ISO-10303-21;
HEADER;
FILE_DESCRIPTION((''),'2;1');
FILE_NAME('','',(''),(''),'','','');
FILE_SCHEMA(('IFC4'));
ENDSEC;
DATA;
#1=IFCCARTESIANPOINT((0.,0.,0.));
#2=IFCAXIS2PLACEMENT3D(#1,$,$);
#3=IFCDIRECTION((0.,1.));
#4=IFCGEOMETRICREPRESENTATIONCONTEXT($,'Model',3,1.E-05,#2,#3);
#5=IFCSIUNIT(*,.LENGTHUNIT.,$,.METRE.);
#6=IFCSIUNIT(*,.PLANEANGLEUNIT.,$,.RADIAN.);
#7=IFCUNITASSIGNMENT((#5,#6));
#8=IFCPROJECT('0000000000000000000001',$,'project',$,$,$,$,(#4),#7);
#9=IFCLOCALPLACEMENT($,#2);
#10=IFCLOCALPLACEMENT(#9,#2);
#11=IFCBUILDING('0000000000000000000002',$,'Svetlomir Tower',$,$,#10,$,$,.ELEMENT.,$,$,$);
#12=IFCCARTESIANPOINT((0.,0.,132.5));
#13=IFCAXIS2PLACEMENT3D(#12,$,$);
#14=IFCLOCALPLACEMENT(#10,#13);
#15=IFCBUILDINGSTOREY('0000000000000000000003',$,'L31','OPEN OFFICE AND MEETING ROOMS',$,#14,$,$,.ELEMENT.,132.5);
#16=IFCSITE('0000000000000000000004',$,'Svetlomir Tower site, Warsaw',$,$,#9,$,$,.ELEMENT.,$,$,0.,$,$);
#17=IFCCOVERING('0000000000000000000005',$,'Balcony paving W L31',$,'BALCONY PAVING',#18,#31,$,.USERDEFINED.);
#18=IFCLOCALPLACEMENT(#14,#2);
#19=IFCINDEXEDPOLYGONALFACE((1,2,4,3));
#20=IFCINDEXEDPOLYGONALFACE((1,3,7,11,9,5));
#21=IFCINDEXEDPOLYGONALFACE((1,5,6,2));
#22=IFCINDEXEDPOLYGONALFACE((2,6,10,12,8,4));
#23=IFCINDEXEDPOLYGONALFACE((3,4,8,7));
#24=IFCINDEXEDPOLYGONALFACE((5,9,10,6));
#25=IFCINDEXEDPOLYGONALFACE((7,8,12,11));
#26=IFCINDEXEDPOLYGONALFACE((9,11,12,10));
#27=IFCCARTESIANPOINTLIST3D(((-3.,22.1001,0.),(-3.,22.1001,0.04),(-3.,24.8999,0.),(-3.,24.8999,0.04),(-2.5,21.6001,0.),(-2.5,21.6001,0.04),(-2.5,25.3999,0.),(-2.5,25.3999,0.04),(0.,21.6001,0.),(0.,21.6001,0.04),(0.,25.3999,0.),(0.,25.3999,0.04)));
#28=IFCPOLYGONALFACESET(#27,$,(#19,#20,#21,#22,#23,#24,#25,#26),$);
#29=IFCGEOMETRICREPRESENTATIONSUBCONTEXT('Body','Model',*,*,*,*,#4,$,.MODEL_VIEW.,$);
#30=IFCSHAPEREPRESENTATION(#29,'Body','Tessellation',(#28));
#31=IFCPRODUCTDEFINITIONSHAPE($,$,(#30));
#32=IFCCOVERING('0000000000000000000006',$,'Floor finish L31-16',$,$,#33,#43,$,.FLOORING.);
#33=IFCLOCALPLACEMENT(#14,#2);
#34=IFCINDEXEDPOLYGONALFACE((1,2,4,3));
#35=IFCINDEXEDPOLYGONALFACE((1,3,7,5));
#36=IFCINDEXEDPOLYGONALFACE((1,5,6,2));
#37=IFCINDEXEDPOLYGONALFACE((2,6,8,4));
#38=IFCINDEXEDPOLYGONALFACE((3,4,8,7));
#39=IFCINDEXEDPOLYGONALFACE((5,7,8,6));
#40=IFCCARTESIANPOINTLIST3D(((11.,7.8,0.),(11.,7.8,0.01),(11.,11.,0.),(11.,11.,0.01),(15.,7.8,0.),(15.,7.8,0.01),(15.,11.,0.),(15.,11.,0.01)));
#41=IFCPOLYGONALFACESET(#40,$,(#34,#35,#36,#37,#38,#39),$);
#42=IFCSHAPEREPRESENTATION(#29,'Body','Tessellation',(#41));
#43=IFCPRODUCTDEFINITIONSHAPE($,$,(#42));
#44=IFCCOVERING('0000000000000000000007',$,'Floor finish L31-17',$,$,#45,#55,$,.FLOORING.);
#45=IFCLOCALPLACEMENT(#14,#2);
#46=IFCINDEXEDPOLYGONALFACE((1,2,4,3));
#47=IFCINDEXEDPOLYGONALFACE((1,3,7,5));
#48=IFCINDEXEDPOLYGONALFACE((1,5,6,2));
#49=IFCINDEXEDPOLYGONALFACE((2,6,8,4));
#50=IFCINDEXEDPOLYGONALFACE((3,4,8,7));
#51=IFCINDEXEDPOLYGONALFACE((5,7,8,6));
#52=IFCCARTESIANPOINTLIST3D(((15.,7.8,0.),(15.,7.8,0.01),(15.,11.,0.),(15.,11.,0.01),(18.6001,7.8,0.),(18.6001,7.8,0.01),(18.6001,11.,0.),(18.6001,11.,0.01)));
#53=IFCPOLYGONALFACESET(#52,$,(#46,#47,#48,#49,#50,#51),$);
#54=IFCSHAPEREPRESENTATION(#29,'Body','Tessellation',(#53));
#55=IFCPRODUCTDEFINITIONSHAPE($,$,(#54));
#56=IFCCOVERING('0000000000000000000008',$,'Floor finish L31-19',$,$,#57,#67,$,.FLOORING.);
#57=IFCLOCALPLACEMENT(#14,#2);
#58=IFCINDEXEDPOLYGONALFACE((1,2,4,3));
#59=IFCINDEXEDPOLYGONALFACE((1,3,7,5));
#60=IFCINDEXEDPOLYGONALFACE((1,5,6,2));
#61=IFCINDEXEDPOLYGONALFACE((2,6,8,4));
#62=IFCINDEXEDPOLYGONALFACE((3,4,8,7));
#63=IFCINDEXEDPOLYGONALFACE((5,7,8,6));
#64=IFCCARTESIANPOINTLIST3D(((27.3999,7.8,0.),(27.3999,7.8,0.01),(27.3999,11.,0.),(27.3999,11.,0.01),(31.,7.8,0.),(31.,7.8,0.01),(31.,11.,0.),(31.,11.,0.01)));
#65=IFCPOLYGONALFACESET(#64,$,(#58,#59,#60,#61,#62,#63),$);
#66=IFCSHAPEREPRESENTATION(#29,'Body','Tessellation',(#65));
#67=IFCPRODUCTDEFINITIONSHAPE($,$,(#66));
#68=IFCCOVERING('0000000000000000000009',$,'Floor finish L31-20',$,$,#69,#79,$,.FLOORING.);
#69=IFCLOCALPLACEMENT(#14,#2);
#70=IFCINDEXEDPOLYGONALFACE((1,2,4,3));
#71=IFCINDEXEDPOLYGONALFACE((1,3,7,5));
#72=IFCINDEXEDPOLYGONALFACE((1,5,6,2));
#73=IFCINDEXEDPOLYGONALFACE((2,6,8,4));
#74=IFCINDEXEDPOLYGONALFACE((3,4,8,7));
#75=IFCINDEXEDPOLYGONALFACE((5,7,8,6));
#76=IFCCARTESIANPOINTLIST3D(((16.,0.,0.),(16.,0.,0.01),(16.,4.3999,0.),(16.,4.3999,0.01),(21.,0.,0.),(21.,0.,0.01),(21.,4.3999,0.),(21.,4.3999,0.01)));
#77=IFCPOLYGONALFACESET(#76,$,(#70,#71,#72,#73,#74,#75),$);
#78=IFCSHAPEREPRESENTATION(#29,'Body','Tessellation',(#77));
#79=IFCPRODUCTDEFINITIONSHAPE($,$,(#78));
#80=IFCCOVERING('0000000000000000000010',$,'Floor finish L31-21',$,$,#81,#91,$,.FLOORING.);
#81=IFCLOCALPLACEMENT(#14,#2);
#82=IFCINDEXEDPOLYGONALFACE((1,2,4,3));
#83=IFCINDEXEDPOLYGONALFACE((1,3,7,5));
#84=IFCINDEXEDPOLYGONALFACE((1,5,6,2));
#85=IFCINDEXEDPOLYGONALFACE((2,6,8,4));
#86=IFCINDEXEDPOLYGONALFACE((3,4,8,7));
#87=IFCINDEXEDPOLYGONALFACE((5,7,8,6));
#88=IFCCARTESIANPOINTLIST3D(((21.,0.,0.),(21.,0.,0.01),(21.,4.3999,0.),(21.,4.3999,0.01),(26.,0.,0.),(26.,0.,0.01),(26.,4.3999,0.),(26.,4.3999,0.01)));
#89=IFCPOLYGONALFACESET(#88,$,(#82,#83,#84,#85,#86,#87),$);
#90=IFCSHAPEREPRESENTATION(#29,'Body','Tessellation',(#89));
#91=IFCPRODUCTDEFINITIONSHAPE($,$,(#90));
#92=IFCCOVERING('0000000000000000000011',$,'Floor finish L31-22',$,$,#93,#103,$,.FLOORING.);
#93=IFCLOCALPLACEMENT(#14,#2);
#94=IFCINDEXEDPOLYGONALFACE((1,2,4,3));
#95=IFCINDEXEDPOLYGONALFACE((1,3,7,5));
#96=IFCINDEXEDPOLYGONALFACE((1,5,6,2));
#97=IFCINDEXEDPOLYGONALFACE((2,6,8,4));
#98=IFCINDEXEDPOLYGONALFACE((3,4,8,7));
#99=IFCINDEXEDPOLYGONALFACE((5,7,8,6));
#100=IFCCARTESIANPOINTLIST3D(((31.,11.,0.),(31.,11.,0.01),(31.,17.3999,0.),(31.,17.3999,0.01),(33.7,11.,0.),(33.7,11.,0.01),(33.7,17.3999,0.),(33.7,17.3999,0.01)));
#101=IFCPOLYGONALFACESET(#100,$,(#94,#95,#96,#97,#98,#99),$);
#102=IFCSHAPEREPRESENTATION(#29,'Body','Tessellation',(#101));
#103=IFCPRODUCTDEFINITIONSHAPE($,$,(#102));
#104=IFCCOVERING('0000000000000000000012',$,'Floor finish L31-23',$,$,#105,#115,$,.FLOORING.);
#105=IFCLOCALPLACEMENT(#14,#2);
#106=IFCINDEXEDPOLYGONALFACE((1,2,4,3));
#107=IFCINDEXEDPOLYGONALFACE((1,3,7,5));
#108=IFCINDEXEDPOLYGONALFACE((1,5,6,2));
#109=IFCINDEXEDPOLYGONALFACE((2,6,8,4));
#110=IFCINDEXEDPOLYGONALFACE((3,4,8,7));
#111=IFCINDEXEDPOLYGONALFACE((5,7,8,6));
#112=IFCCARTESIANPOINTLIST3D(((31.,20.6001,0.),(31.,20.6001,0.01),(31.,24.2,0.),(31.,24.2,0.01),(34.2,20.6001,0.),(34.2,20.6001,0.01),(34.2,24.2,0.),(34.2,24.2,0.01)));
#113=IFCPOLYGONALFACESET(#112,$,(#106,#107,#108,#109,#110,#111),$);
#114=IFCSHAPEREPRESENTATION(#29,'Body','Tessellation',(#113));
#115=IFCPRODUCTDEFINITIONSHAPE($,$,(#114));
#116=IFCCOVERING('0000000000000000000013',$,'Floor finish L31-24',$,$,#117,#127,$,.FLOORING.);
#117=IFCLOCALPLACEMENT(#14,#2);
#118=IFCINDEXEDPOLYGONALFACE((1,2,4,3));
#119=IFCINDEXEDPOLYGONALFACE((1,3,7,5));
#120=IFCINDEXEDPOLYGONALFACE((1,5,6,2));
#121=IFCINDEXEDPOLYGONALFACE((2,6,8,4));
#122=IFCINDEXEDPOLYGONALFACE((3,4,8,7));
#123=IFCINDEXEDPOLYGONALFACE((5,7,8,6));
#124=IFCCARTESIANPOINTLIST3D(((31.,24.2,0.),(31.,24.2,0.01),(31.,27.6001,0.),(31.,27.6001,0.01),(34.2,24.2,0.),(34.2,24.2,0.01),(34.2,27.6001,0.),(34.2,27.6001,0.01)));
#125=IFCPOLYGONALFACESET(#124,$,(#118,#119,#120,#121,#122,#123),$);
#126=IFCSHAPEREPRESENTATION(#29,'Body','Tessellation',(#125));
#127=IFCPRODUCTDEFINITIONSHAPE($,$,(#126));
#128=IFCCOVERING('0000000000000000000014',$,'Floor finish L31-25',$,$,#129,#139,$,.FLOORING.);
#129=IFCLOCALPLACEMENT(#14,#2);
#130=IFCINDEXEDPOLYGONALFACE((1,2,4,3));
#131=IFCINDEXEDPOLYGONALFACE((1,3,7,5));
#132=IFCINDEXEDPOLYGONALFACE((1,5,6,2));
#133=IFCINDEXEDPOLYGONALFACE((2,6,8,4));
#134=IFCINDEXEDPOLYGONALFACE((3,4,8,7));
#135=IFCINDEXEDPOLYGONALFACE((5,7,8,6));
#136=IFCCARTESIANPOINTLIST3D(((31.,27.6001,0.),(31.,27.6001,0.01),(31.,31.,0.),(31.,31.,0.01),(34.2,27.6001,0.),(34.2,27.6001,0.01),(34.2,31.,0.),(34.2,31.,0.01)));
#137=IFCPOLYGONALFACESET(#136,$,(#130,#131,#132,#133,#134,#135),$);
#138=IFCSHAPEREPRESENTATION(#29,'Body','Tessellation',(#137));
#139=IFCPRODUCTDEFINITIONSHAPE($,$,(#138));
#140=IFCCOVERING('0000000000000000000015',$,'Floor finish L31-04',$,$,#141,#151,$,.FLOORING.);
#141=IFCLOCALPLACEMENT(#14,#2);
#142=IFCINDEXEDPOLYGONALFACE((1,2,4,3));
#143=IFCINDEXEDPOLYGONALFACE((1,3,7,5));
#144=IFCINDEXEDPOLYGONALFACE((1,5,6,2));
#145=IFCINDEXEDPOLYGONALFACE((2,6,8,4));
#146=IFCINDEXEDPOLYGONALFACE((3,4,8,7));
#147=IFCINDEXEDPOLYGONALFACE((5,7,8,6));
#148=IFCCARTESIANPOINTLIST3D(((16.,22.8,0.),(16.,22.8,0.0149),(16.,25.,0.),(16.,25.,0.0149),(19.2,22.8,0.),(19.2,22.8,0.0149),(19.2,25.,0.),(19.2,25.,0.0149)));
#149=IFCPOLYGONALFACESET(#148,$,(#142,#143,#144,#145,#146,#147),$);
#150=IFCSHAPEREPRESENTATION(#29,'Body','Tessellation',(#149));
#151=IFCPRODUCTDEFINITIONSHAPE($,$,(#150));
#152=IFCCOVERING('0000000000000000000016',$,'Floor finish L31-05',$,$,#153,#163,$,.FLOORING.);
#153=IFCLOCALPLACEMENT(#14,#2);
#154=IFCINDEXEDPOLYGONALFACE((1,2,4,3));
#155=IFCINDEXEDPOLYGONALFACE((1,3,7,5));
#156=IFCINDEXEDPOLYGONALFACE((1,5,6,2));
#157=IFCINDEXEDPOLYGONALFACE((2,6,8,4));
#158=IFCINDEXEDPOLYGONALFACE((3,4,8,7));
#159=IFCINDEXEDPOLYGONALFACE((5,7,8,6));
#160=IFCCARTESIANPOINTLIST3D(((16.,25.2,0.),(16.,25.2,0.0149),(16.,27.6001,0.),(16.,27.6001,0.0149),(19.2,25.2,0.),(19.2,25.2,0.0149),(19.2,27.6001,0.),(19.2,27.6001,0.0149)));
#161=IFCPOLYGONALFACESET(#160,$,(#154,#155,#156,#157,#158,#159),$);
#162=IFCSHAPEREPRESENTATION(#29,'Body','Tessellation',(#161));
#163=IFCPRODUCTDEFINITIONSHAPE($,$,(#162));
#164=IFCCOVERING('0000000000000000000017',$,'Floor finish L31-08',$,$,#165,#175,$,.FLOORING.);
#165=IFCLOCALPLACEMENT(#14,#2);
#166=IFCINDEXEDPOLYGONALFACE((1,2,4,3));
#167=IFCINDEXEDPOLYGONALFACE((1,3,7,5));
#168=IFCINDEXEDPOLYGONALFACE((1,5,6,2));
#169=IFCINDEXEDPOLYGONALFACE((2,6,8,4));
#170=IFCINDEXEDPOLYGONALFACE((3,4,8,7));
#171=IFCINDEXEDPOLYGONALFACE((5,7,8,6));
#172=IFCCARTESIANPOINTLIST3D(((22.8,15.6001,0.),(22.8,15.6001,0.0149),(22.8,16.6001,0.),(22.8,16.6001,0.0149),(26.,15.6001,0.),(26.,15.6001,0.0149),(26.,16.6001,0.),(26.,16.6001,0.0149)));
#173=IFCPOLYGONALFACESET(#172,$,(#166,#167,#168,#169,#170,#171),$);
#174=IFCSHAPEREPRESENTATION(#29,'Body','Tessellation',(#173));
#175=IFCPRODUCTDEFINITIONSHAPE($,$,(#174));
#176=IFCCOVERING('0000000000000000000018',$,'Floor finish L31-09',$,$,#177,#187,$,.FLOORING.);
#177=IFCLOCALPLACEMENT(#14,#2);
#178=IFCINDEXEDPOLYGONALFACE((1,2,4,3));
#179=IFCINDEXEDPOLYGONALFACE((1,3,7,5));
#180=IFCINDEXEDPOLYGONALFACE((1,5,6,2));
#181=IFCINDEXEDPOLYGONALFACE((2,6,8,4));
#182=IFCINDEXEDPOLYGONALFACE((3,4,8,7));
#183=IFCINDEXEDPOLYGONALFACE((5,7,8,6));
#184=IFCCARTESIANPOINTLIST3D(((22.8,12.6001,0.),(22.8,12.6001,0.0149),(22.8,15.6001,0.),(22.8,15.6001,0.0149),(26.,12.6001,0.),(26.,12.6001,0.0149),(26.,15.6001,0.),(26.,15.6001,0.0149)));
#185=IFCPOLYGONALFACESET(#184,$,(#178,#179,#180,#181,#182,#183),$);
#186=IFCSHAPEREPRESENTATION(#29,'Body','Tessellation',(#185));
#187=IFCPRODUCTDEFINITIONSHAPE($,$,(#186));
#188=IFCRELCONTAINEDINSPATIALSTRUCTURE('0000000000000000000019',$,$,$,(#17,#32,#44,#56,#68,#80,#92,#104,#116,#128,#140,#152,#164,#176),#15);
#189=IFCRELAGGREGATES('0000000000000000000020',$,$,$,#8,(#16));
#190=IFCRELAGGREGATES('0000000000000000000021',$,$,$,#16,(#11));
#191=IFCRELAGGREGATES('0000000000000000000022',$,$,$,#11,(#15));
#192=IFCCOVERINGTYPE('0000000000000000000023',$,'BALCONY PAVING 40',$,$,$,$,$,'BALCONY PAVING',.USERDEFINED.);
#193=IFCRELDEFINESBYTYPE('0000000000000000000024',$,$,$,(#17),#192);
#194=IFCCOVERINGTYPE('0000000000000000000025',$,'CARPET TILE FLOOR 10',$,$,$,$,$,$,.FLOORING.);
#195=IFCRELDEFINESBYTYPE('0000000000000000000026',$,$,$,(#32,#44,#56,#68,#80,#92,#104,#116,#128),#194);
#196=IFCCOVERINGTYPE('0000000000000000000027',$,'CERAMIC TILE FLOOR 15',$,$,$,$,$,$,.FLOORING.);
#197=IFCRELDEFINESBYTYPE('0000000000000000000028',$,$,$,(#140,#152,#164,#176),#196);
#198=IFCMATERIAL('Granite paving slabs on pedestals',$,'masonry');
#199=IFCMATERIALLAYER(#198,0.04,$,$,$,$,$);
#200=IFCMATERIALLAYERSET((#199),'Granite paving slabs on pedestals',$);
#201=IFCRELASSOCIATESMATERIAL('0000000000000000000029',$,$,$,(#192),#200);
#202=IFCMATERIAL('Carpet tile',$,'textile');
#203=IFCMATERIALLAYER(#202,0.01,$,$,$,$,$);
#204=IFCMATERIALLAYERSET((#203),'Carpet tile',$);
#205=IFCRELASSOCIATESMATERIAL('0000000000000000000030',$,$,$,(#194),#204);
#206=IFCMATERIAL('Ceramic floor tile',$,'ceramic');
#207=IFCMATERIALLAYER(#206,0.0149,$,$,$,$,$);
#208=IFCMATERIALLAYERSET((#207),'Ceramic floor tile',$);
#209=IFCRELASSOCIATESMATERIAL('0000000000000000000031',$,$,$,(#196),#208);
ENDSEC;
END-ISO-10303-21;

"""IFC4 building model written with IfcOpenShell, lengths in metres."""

from ifc_helpers import new_model, si_unit, direction, frame, origin, place, context, subcontext, project, spatial, polyline, outline, extrude, material, layer, layer_set, type_object, element, save


model = new_model("IFC4")

# Units and contexts
model_context = context("Model", 3, precision=1e-05, world=origin(), true_north=direction((0.0, 1.0)))
body_context = subcontext(model_context, "Body", "Model", "MODEL_VIEW")
ifc_project = project(units=[si_unit("LENGTHUNIT", "METRE"), si_unit("PLANEANGLEUNIT", "RADIAN")], contexts=[model_context])

# Site, building, storey
site_placement = place(None, origin())
site = spatial("IfcSite", under=ifc_project, at=site_placement, Name="Svetlomir Tower site, Warsaw", CompositionType="ELEMENT", RefElevation=0.0)
building_placement = place(site_placement, origin())
building = spatial("IfcBuilding", under=site, at=building_placement, Name="Svetlomir Tower", CompositionType="ELEMENT")
storey_placement = place(building_placement, frame((0.0, 0.0, 132.5)))
storey = spatial("IfcBuildingStorey", under=building, at=storey_placement, Name="L31", Description="OPEN OFFICE AND MEETING ROOMS", CompositionType="ELEMENT", Elevation=132.5)

# Coverings
ifc_material_1 = material(Name="Granite paving slabs on pedestals", Category="masonry")
ifc_layer_1 = layer(ifc_material_1, 0.04)
ifc_layer_set_1 = layer_set([ifc_layer_1], Name="Granite paving slabs on pedestals")
covering_type_1 = type_object("IfcCoveringType", Name="BALCONY PAVING 40", ElementType="BALCONY PAVING", PredefinedType="USERDEFINED", material=ifc_layer_set_1)
covering_1_placement = place(storey_placement, origin())
element("IfcCovering", 1, at=covering_1_placement, inside=storey, type_object=covering_type_1, Name="Balcony paving W L31", ObjectType="BALCONY PAVING", PredefinedType="USERDEFINED", context=body_context, shape_type="SweptSolid", body=[
    extrude(outline(polyline([(-2.5, 21.6001), (0.0, 21.6001), (0.0, 25.3999), (-2.5, 25.3999), (-3.0, 24.8999), (-3.0, 22.1001), (-2.5, 21.6001)])), origin(), (0.0, 0.0, 1.0), 0.04),
])
ifc_material_2 = material(Name="Carpet tile", Category="textile")
ifc_layer_2 = layer(ifc_material_2, 0.01)
ifc_layer_set_2 = layer_set([ifc_layer_2], Name="Carpet tile")
covering_type_2 = type_object("IfcCoveringType", Name="CARPET TILE FLOOR 10", PredefinedType="FLOORING", material=ifc_layer_set_2)
covering_2_placement = place(storey_placement, origin())
element("IfcCovering", 2, at=covering_2_placement, inside=storey, type_object=covering_type_2, Name="Floor finish L31-16", PredefinedType="FLOORING", context=body_context, shape_type="SweptSolid", body=[
    extrude(outline(polyline([(11.0, 7.8), (15.0, 7.8), (15.0, 11.0), (11.0, 11.0), (11.0, 7.8)])), origin(), (0.0, 0.0, 1.0), 0.01),
])
covering_3_placement = place(storey_placement, origin())
element("IfcCovering", 3, at=covering_3_placement, inside=storey, type_object=covering_type_2, Name="Floor finish L31-17", PredefinedType="FLOORING", context=body_context, shape_type="SweptSolid", body=[
    extrude(outline(polyline([(15.0, 7.8), (18.6001, 7.8), (18.6001, 11.0), (15.0, 11.0), (15.0, 7.8)])), origin(), (0.0, 0.0, 1.0), 0.01),
])
covering_4_placement = place(storey_placement, origin())
element("IfcCovering", 4, at=covering_4_placement, inside=storey, type_object=covering_type_2, Name="Floor finish L31-19", PredefinedType="FLOORING", context=body_context, shape_type="SweptSolid", body=[
    extrude(outline(polyline([(27.3999, 7.8), (31.0, 7.8), (31.0, 11.0), (27.3999, 11.0), (27.3999, 7.8)])), origin(), (0.0, 0.0, 1.0), 0.01),
])
covering_5_placement = place(storey_placement, origin())
element("IfcCovering", 5, at=covering_5_placement, inside=storey, type_object=covering_type_2, Name="Floor finish L31-20", PredefinedType="FLOORING", context=body_context, shape_type="SweptSolid", body=[
    extrude(outline(polyline([(16.0, 0.0), (21.0, 0.0), (21.0, 4.3999), (16.0, 4.3999), (16.0, 0.0)])), origin(), (0.0, 0.0, 1.0), 0.01),
])
covering_6_placement = place(storey_placement, origin())
element("IfcCovering", 6, at=covering_6_placement, inside=storey, type_object=covering_type_2, Name="Floor finish L31-21", PredefinedType="FLOORING", context=body_context, shape_type="SweptSolid", body=[
    extrude(outline(polyline([(21.0, 0.0), (26.0, 0.0), (26.0, 4.3999), (21.0, 4.3999), (21.0, 0.0)])), origin(), (0.0, 0.0, 1.0), 0.01),
])
covering_7_placement = place(storey_placement, origin())
element("IfcCovering", 7, at=covering_7_placement, inside=storey, type_object=covering_type_2, Name="Floor finish L31-22", PredefinedType="FLOORING", context=body_context, shape_type="SweptSolid", body=[
    extrude(outline(polyline([(31.0, 11.0), (33.7, 11.0), (33.7, 17.3999), (31.0, 17.3999), (31.0, 11.0)])), origin(), (0.0, 0.0, 1.0), 0.01),
])
covering_8_placement = place(storey_placement, origin())
element("IfcCovering", 8, at=covering_8_placement, inside=storey, type_object=covering_type_2, Name="Floor finish L31-23", PredefinedType="FLOORING", context=body_context, shape_type="SweptSolid", body=[
    extrude(outline(polyline([(31.0, 20.6001), (34.2, 20.6001), (34.2, 24.2), (31.0, 24.2), (31.0, 20.6001)])), origin(), (0.0, 0.0, 1.0), 0.01),
])
covering_9_placement = place(storey_placement, origin())
element("IfcCovering", 9, at=covering_9_placement, inside=storey, type_object=covering_type_2, Name="Floor finish L31-24", PredefinedType="FLOORING", context=body_context, shape_type="SweptSolid", body=[
    extrude(outline(polyline([(31.0, 24.2), (34.2, 24.2), (34.2, 27.6001), (31.0, 27.6001), (31.0, 24.2)])), origin(), (0.0, 0.0, 1.0), 0.01),
])
covering_10_placement = place(storey_placement, origin())
element("IfcCovering", 10, at=covering_10_placement, inside=storey, type_object=covering_type_2, Name="Floor finish L31-25", PredefinedType="FLOORING", context=body_context, shape_type="SweptSolid", body=[
    extrude(outline(polyline([(31.0, 27.6001), (34.2, 27.6001), (34.2, 31.0), (31.0, 31.0), (31.0, 27.6001)])), origin(), (0.0, 0.0, 1.0), 0.01),
])
ifc_material_3 = material(Name="Ceramic floor tile", Category="ceramic")
ifc_layer_3 = layer(ifc_material_3, 0.0149)
ifc_layer_set_3 = layer_set([ifc_layer_3], Name="Ceramic floor tile")
covering_type_3 = type_object("IfcCoveringType", Name="CERAMIC TILE FLOOR 15", PredefinedType="FLOORING", material=ifc_layer_set_3)
covering_11_placement = place(storey_placement, origin())
element("IfcCovering", 11, at=covering_11_placement, inside=storey, type_object=covering_type_3, Name="Floor finish L31-04", PredefinedType="FLOORING", context=body_context, shape_type="SweptSolid", body=[
    extrude(outline(polyline([(16.0, 22.8), (19.2, 22.8), (19.2, 25.0), (16.0, 25.0), (16.0, 22.8)])), origin(), (0.0, 0.0, 1.0), 0.0149),
])
covering_12_placement = place(storey_placement, origin())
element("IfcCovering", 12, at=covering_12_placement, inside=storey, type_object=covering_type_3, Name="Floor finish L31-05", PredefinedType="FLOORING", context=body_context, shape_type="SweptSolid", body=[
    extrude(outline(polyline([(16.0, 25.2), (19.2, 25.2), (19.2, 27.6001), (16.0, 27.6001), (16.0, 25.2)])), origin(), (0.0, 0.0, 1.0), 0.0149),
])
covering_13_placement = place(storey_placement, origin())
element("IfcCovering", 13, at=covering_13_placement, inside=storey, type_object=covering_type_3, Name="Floor finish L31-08", PredefinedType="FLOORING", context=body_context, shape_type="SweptSolid", body=[
    extrude(outline(polyline([(22.8, 15.6001), (26.0, 15.6001), (26.0, 16.6001), (22.8, 16.6001), (22.8, 15.6001)])), origin(), (0.0, 0.0, 1.0), 0.0149),
])
covering_14_placement = place(storey_placement, origin())
element("IfcCovering", 14, at=covering_14_placement, inside=storey, type_object=covering_type_3, Name="Floor finish L31-09", PredefinedType="FLOORING", context=body_context, shape_type="SweptSolid", body=[
    extrude(outline(polyline([(22.8, 12.6001), (26.0, 12.6001), (26.0, 15.6001), (22.8, 15.6001), (22.8, 12.6001)])), origin(), (0.0, 0.0, 1.0), 0.0149),
])

save(model, "model.ifc")
